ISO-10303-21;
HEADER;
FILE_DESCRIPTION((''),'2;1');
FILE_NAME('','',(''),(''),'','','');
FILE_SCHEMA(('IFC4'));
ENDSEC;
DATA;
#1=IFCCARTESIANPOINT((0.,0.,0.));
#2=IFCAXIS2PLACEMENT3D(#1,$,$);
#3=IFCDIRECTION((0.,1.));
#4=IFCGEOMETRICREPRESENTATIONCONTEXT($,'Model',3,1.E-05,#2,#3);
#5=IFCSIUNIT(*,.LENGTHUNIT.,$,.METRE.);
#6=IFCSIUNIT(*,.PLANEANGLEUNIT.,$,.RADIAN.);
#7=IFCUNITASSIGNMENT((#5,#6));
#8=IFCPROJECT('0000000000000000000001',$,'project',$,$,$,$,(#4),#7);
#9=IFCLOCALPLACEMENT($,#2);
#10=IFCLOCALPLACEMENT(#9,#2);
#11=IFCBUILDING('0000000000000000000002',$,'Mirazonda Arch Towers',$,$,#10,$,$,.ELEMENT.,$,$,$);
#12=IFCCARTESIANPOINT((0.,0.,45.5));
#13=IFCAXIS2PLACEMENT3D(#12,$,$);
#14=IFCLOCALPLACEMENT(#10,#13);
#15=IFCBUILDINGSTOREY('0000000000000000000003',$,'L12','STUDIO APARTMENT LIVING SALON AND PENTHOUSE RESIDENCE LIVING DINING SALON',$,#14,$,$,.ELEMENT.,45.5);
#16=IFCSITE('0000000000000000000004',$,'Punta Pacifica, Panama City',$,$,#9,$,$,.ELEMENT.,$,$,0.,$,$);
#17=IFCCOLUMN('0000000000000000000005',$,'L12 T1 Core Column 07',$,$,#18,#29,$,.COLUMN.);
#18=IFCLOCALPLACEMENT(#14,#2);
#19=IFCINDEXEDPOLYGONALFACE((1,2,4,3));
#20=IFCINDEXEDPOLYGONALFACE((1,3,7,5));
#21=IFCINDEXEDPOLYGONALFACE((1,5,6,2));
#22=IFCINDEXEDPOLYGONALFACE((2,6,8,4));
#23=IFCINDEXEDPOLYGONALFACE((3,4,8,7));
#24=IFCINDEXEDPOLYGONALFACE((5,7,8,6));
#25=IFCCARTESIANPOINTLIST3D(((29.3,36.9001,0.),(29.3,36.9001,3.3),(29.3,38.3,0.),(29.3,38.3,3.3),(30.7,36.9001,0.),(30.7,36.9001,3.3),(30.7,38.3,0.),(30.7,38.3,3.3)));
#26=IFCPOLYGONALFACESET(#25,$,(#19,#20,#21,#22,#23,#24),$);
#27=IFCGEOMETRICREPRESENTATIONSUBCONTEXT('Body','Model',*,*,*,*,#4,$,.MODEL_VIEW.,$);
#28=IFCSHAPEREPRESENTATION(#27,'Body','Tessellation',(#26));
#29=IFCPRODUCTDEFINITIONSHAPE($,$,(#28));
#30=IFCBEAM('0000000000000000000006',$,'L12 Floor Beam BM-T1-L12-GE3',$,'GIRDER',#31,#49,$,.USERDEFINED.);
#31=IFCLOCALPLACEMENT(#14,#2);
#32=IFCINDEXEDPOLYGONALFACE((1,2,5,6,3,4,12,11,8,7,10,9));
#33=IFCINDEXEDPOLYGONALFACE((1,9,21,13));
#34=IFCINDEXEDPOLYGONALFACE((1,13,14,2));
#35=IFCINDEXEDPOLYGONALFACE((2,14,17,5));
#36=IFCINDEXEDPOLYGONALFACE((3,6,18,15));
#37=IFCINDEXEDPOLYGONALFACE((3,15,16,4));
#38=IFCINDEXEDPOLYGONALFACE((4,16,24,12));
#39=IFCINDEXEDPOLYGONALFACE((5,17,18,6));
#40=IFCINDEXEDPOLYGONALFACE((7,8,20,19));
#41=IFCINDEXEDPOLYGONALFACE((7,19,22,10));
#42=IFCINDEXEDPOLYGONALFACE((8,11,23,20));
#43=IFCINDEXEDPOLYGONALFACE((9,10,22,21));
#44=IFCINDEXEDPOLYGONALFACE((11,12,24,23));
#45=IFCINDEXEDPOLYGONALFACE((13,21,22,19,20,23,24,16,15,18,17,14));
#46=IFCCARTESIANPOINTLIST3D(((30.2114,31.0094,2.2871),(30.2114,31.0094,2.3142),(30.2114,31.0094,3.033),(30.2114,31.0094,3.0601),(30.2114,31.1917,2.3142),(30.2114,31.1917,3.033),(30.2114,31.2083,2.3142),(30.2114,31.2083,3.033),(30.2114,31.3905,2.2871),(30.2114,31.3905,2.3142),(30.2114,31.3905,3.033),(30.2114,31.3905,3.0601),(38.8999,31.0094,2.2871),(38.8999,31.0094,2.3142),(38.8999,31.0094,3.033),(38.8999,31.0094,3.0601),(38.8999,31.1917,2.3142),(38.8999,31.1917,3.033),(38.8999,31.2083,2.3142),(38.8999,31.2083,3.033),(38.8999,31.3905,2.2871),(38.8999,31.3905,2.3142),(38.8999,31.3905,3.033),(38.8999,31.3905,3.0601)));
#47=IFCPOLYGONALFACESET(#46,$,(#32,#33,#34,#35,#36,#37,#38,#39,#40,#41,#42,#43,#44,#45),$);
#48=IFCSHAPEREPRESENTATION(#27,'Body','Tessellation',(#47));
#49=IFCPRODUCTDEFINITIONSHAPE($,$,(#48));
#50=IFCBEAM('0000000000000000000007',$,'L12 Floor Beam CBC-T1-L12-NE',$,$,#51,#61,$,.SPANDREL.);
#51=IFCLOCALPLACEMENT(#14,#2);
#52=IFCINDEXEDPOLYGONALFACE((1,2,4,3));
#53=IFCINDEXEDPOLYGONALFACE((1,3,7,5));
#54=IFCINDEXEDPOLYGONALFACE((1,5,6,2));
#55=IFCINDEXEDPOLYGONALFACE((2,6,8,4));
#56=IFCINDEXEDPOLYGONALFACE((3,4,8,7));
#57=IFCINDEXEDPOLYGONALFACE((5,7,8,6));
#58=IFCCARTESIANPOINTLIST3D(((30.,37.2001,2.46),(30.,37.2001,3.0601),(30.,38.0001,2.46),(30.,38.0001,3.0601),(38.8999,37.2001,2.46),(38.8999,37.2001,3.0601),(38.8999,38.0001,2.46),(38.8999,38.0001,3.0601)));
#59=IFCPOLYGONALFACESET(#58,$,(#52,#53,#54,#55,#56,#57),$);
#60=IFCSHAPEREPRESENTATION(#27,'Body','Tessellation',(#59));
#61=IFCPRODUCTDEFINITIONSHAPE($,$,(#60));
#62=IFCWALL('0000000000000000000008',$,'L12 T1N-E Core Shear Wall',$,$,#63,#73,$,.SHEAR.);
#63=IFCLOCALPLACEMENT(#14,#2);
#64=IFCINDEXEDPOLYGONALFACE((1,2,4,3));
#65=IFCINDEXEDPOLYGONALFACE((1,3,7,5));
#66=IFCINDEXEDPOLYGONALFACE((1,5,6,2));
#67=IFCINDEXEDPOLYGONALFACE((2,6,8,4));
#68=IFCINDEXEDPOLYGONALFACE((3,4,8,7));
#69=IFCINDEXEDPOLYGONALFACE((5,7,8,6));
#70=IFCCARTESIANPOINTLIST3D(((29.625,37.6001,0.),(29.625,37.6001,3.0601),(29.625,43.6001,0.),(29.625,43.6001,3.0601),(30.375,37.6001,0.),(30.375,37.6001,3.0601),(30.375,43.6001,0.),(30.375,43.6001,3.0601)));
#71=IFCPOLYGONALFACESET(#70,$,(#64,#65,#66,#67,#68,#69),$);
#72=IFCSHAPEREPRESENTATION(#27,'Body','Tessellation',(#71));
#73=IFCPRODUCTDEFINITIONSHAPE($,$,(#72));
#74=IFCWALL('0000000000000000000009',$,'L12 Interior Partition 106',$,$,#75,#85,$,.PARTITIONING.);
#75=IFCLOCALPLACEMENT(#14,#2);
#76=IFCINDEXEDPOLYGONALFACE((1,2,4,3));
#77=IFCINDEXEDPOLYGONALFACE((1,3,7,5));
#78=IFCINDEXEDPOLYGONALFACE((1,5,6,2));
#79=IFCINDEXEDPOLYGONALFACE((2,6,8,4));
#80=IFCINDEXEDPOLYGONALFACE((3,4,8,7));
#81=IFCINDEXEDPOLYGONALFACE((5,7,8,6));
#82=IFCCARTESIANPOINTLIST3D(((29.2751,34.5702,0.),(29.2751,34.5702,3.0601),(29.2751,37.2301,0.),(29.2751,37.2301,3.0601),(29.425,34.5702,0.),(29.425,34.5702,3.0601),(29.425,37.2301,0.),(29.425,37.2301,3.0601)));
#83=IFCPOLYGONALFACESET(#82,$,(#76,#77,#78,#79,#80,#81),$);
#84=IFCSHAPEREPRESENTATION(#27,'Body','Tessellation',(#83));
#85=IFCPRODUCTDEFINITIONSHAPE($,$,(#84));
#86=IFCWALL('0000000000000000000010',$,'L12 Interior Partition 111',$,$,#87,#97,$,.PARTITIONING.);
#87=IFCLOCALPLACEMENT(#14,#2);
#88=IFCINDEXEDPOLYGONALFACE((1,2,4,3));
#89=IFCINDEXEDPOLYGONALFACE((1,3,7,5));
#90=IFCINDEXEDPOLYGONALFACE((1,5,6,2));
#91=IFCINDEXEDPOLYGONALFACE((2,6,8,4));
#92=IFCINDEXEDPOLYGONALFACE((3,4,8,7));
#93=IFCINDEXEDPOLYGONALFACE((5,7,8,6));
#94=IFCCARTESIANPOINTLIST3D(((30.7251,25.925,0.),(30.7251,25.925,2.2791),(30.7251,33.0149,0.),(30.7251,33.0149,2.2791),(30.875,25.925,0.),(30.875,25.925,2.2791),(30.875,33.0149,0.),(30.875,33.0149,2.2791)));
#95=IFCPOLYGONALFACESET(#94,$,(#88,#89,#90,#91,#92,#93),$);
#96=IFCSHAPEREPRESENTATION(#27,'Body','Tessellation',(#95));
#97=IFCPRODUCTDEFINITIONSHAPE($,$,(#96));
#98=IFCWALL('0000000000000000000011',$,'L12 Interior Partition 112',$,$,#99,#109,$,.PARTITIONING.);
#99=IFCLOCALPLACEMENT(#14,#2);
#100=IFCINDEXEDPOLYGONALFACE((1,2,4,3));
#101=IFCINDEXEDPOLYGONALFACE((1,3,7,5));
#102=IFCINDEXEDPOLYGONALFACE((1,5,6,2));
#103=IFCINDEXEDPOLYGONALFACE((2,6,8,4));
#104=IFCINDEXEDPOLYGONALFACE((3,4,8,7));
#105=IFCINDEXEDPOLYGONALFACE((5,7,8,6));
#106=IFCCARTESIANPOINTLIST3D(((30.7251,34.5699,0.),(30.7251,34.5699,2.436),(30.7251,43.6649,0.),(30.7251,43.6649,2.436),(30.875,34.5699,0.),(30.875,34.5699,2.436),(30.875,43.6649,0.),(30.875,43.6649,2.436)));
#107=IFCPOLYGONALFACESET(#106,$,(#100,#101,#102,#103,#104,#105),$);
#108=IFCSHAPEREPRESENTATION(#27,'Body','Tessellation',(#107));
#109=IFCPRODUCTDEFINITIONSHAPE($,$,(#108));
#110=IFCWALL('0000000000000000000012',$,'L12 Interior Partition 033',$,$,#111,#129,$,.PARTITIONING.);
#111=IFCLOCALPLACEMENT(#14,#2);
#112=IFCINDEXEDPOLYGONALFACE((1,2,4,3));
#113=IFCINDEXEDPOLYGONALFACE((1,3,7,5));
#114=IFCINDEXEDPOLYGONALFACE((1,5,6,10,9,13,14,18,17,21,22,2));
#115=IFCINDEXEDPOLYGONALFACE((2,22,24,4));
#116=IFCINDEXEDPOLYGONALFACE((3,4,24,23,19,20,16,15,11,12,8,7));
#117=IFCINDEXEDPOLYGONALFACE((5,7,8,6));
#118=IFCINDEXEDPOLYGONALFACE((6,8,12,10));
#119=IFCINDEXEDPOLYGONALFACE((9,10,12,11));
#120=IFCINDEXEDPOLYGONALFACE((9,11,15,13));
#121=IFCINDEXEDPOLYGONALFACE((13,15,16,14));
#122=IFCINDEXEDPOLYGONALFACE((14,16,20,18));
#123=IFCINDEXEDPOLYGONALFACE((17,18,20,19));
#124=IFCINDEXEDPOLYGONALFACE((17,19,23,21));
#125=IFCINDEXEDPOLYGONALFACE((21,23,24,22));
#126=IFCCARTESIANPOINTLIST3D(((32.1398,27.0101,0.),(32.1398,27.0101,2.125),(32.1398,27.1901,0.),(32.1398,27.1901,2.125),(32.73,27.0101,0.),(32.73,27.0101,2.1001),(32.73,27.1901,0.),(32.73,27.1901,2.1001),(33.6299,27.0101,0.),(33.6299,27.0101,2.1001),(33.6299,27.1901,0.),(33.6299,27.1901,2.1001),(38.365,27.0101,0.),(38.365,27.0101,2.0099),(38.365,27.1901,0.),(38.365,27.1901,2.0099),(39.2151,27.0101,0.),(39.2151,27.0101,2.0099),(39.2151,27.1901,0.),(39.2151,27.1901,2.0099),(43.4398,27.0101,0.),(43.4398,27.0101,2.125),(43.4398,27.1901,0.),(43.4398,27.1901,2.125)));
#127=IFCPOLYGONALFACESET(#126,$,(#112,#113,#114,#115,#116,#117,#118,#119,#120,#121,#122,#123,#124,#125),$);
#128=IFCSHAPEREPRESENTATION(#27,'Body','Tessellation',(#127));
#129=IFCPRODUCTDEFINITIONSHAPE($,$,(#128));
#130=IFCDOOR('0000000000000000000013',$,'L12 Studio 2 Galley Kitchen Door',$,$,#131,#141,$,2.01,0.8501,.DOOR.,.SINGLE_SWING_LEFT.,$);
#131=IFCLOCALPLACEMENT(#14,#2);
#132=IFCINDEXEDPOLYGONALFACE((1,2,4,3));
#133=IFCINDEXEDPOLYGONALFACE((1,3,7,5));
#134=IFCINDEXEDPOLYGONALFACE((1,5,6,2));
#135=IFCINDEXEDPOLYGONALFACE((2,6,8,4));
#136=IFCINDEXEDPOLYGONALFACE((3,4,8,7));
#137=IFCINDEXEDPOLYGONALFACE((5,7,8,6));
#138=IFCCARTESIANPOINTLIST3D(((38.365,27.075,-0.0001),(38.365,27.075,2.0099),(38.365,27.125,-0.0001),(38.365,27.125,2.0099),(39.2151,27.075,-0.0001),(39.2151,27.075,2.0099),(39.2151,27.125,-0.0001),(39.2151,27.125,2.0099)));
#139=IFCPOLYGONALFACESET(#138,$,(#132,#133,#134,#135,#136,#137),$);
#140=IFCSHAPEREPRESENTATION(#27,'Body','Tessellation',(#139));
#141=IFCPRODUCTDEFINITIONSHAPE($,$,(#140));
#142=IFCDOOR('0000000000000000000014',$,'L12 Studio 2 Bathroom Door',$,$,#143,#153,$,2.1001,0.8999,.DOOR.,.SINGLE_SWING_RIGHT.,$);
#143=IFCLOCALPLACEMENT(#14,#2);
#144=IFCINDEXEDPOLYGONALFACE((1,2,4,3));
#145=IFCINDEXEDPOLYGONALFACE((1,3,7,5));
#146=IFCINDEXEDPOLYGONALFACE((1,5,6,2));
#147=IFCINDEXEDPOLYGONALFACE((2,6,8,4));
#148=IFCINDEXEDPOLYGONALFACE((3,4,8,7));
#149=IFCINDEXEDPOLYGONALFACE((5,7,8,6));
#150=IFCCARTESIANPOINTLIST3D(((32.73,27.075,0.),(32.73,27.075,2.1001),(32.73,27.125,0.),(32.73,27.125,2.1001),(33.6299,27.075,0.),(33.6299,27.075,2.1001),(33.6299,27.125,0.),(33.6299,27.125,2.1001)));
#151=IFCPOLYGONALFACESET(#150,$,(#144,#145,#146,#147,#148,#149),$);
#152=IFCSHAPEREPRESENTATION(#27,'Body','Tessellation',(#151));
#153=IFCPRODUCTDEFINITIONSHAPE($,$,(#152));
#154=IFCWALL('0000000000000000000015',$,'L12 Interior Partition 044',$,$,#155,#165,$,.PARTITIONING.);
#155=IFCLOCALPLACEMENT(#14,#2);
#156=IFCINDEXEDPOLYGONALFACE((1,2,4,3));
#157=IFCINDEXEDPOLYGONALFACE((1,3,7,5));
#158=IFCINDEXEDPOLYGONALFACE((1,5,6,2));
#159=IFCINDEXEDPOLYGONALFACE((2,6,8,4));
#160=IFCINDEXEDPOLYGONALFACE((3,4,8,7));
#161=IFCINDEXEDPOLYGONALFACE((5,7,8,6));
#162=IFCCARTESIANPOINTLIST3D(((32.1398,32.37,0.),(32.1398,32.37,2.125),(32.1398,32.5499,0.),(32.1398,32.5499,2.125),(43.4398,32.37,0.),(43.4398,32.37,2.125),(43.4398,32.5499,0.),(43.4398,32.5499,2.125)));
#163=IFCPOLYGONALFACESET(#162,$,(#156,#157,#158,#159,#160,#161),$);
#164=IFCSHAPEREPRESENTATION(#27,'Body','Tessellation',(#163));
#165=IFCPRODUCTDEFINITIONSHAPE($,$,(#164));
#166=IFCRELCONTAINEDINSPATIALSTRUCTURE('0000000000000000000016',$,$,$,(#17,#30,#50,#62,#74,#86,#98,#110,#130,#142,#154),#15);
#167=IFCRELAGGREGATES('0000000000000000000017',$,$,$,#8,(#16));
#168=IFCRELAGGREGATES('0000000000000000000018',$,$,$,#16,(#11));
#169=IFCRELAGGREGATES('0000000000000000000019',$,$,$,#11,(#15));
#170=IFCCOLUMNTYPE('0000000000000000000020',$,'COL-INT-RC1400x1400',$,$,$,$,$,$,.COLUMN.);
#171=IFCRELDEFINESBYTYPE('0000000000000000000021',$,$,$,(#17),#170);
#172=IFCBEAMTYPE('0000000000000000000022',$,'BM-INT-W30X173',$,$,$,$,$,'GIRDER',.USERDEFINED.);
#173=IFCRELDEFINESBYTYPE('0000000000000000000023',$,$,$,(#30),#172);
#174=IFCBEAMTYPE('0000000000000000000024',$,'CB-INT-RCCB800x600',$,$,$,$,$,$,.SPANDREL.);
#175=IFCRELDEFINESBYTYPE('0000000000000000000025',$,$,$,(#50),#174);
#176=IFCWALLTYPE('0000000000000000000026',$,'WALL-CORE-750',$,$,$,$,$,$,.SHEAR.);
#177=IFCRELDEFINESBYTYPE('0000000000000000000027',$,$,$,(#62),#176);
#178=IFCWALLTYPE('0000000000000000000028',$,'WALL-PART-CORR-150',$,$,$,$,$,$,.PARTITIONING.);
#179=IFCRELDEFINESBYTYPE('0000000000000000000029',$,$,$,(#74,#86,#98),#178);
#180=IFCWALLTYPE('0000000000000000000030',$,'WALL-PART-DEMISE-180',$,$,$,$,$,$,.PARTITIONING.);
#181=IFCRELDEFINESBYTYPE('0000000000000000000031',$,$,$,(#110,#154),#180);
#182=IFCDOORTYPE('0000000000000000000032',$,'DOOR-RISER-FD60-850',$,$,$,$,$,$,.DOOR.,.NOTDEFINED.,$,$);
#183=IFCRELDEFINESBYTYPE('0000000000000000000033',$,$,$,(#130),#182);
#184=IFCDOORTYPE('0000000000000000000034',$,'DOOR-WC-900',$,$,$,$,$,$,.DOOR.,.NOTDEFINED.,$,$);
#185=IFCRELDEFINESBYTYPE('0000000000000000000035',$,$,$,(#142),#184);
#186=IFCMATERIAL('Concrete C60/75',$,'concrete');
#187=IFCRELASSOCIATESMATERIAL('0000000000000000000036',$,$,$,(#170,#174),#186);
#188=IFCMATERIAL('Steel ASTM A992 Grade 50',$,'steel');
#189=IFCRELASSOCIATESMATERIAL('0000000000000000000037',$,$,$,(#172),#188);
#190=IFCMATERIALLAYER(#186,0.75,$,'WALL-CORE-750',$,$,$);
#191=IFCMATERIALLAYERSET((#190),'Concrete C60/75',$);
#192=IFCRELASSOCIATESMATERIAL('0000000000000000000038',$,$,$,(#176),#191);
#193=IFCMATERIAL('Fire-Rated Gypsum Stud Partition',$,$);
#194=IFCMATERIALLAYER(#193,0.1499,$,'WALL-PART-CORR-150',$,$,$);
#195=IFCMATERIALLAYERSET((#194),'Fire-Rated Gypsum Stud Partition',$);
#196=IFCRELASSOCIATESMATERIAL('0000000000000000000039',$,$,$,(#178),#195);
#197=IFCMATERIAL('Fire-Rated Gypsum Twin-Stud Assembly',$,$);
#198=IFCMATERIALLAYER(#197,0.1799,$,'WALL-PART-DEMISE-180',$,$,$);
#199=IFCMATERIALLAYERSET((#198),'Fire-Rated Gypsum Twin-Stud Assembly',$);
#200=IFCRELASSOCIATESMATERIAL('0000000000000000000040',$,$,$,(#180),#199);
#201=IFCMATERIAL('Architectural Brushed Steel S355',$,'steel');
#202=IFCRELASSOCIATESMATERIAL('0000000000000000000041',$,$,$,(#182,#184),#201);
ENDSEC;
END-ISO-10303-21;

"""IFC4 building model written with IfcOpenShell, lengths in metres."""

from ifc_helpers import new_model, si_unit, direction, frame, frame_2d, origin, origin_2d, place, context, subcontext, project, spatial, rectangle, i_section, extrude, material, layer, layer_set, material_profile, profile_set, type_object, element, fill, save


model = new_model("IFC4")

# Units and contexts
model_context = context("Model", 3, precision=1e-05, world=origin(), true_north=direction((0.0, 1.0)))
body_context = subcontext(model_context, "Body", "Model", "MODEL_VIEW")
ifc_project = project(units=[si_unit("LENGTHUNIT", "METRE"), si_unit("PLANEANGLEUNIT", "RADIAN")], contexts=[model_context])

# Site, building, storey
site_placement = place(None, origin())
site = spatial("IfcSite", under=ifc_project, at=site_placement, Name="Punta Pacifica, Panama City", CompositionType="ELEMENT", RefElevation=0.0)
building_placement = place(site_placement, origin())
building = spatial("IfcBuilding", under=site, at=building_placement, Name="Mirazonda Arch Towers", CompositionType="ELEMENT")
storey_placement = place(building_placement, frame((0.0, 0.0, 45.5)))
storey = spatial("IfcBuildingStorey", under=building, at=storey_placement, Name="L12", Description="STUDIO APARTMENT LIVING SALON AND PENTHOUSE RESIDENCE LIVING DINING SALON", CompositionType="ELEMENT", Elevation=45.5)

# Column
ifc_material_1 = material(Name="Concrete C60/75", Category="concrete")
ifc_material_profile_1 = material_profile(ifc_material_1, rectangle(XDim=1.3999, YDim=1.3999, at=origin_2d()), Name="RC1400x1400")
ifc_profile_set_1 = profile_set([ifc_material_profile_1], Name="Concrete C60/75")
column_type = type_object("IfcColumnType", Name="COL-INT-RC1400x1400", PredefinedType="COLUMN", material=ifc_profile_set_1)
column_placement = place(storey_placement, frame((30.0, 37.6001, 0.0), z_axis=(0.0, 0.0, 1.0), x_axis=(1.0, 0.0, 0.0)))
element("IfcColumn", 1, at=column_placement, inside=storey, type_object=column_type, Name="L12 T1 Core Column 07", PredefinedType="COLUMN", context=body_context, shape_type="SweptSolid", body=[
    extrude(rectangle(XDim=1.3999, YDim=1.3999, at=origin_2d()), origin(), (0.0, 0.0, 1.0), 3.3),
])

# Beams
ifc_material_2 = material(Name="Steel ASTM A992 Grade 50", Category="steel")
ifc_material_profile_2 = material_profile(ifc_material_2, i_section(OverallWidth=0.3811, OverallDepth=0.7729, WebThickness=0.0166, FlangeThickness=0.0271, at=origin_2d()), Name="W30X173")
ifc_profile_set_2 = profile_set([ifc_material_profile_2], Name="Steel ASTM A992 Grade 50")
beam_type_1 = type_object("IfcBeamType", Name="BM-INT-W30X173", ElementType="GIRDER", PredefinedType="USERDEFINED", material=ifc_profile_set_2)
beam_1_placement = place(storey_placement, frame((30.2114, 31.2, 2.6736), z_axis=(1.0, 0.0, 0.0), x_axis=(0.0, 1.0, 0.0)))
element("IfcBeam", 2, at=beam_1_placement, inside=storey, type_object=beam_type_1, Name="L12 Floor Beam BM-T1-L12-GE3", ObjectType="GIRDER", PredefinedType="USERDEFINED", context=body_context, shape_type="SweptSolid", body=[
    extrude(i_section(OverallWidth=0.3811, OverallDepth=0.7729, WebThickness=0.0166, FlangeThickness=0.0271, at=origin_2d()), origin(), (0.0, 0.0, 1.0), 8.6885),
])
ifc_material_profile_3 = material_profile(ifc_material_1, rectangle(XDim=0.8, YDim=0.6001, at=origin_2d()), Name="RCCB800x600")
ifc_profile_set_3 = profile_set([ifc_material_profile_3], Name="Concrete C60/75")
beam_type_2 = type_object("IfcBeamType", Name="CB-INT-RCCB800x600", PredefinedType="SPANDREL", material=ifc_profile_set_3)
beam_2_placement = place(storey_placement, frame((30.0, 37.6001, 2.76), z_axis=(1.0, 0.0, 0.0), x_axis=(0.0, 1.0, 0.0)))
element("IfcBeam", 3, at=beam_2_placement, inside=storey, type_object=beam_type_2, Name="L12 Floor Beam CBC-T1-L12-NE", PredefinedType="SPANDREL", context=body_context, shape_type="SweptSolid", body=[
    extrude(rectangle(XDim=0.8, YDim=0.6001, at=origin_2d()), origin(), (0.0, 0.0, 1.0), 8.8999),
])

# Walls
ifc_layer_1 = layer(ifc_material_1, 0.75, Name="WALL-CORE-750")
ifc_layer_set_1 = layer_set([ifc_layer_1], Name="Concrete C60/75")
wall_type_1 = type_object("IfcWallType", Name="WALL-CORE-750", PredefinedType="SHEAR", material=ifc_layer_set_1)
wall_1_placement = place(storey_placement, frame((30.0, 37.6001, 0.0), z_axis=(0.0, 0.0, 1.0), x_axis=(0.0, 1.0, 0.0)))
element("IfcWall", 4, at=wall_1_placement, inside=storey, type_object=wall_type_1, Name="L12 T1N-E Core Shear Wall", PredefinedType="SHEAR", context=body_context, shape_type="SweptSolid", body=[
    extrude(rectangle(XDim=6.0, YDim=0.75, at=frame_2d((3.0, 0.0))), origin(), (0.0, 0.0, 1.0), 3.0601),
])
ifc_material_3 = material(Name="Fire-Rated Gypsum Stud Partition")
ifc_layer_2 = layer(ifc_material_3, 0.1499, Name="WALL-PART-CORR-150")
ifc_layer_set_2 = layer_set([ifc_layer_2], Name="Fire-Rated Gypsum Stud Partition")
wall_type_2 = type_object("IfcWallType", Name="WALL-PART-CORR-150", PredefinedType="PARTITIONING", material=ifc_layer_set_2)
wall_2_placement = place(storey_placement, frame((29.3501, 34.5701, 0.0), z_axis=(0.0, 0.0, 1.0), x_axis=(0.0, 1.0, 0.0)))
element("IfcWall", 5, at=wall_2_placement, inside=storey, type_object=wall_type_2, Name="L12 Interior Partition 106", PredefinedType="PARTITIONING", context=body_context, shape_type="SweptSolid", body=[
    extrude(rectangle(XDim=2.6599, YDim=0.1499, at=frame_2d((1.3301, 0.0))), origin(), (0.0, 0.0, 1.0), 3.0601),
])
wall_3_placement = place(storey_placement, frame((30.8, 25.925, 0.0), z_axis=(0.0, 0.0, 1.0), x_axis=(0.0, 1.0, 0.0)))
element("IfcWall", 6, at=wall_3_placement, inside=storey, type_object=wall_type_2, Name="L12 Interior Partition 111", PredefinedType="PARTITIONING", context=body_context, shape_type="SweptSolid", body=[
    extrude(rectangle(XDim=7.0898, YDim=0.1499, at=frame_2d((3.5449, 0.0))), origin(), (0.0, 0.0, 1.0), 2.2791),
])
wall_4_placement = place(storey_placement, frame((30.8, 34.5701, 0.0), z_axis=(0.0, 0.0, 1.0), x_axis=(0.0, 1.0, 0.0)))
element("IfcWall", 7, at=wall_4_placement, inside=storey, type_object=wall_type_2, Name="L12 Interior Partition 112", PredefinedType="PARTITIONING", context=body_context, shape_type="SweptSolid", body=[
    extrude(rectangle(XDim=9.095, YDim=0.1499, at=frame_2d((4.5474, 0.0))), origin(), (0.0, 0.0, 1.0), 2.436),
])

# Wall, openings, doors
ifc_material_4 = material(Name="Fire-Rated Gypsum Twin-Stud Assembly")
ifc_layer_3 = layer(ifc_material_4, 0.1799, Name="WALL-PART-DEMISE-180")
ifc_layer_set_3 = layer_set([ifc_layer_3], Name="Fire-Rated Gypsum Twin-Stud Assembly")
wall_type_3 = type_object("IfcWallType", Name="WALL-PART-DEMISE-180", PredefinedType="PARTITIONING", material=ifc_layer_set_3)
wall_5_placement = place(storey_placement, frame((32.1399, 27.1001, 0.0), z_axis=(0.0, 0.0, 1.0), x_axis=(1.0, 0.0, 0.0)))
wall_5 = element("IfcWall", 8, at=wall_5_placement, inside=storey, type_object=wall_type_3, Name="L12 Interior Partition 033", PredefinedType="PARTITIONING", context=body_context, shape_type="SweptSolid", body=[
    extrude(rectangle(XDim=11.3, YDim=0.1799, at=frame_2d((5.6499, 0.0))), origin(), (0.0, 0.0, 1.0), 2.125),
])
opening_1_placement = place(wall_5_placement, frame((6.2251, 0.0, 0.0)))
opening_1 = element("IfcOpeningElement", 9, at=opening_1_placement, cuts=wall_5, PredefinedType="OPENING", context=body_context, shape_type="SweptSolid", body=[
    extrude(rectangle(XDim=0.8501, YDim=2.01, at=frame_2d((0.425, 1.0049))), frame((0.0, 0.0999, 0.0), z_axis=(0.0, -1.0, 0.0), x_axis=(1.0, 0.0, 0.0)), (0.0, 0.0, 1.0), 0.2),
])
opening_2_placement = place(wall_5_placement, frame((0.5901, 0.0, 0.0)))
opening_2 = element("IfcOpeningElement", 10, at=opening_2_placement, cuts=wall_5, PredefinedType="OPENING", context=body_context, shape_type="SweptSolid", body=[
    extrude(rectangle(XDim=0.8999, YDim=2.1001, at=frame_2d((0.45, 1.05))), frame((0.0, 0.0999, 0.0), z_axis=(0.0, -1.0, 0.0), x_axis=(1.0, 0.0, 0.0)), (0.0, 0.0, 1.0), 0.2),
])
ifc_material_5 = material(Name="Architectural Brushed Steel S355", Category="steel")
door_type_1 = type_object("IfcDoorType", Name="DOOR-RISER-FD60-850", OperationType="NOTDEFINED", PredefinedType="DOOR", material=ifc_material_5)
door_1_placement = place(opening_1_placement, origin())
door_1 = element("IfcDoor", 11, at=door_1_placement, inside=storey, type_object=door_type_1, Name="L12 Studio 2 Galley Kitchen Door", OperationType="SINGLE_SWING_LEFT", OverallHeight=2.01, OverallWidth=0.8501, PredefinedType="DOOR", context=body_context, shape_type="SweptSolid", body=[
    extrude(rectangle(XDim=0.8501, YDim=2.01, at=frame_2d((0.425, 1.0049))), frame((0.0, 0.0249, 0.0), z_axis=(0.0, -1.0, 0.0), x_axis=(1.0, 0.0, 0.0)), (0.0, 0.0, 1.0), 0.05),
])
fill(opening_1, door_1)
door_type_2 = type_object("IfcDoorType", Name="DOOR-WC-900", OperationType="NOTDEFINED", PredefinedType="DOOR", material=ifc_material_5)
door_2_placement = place(opening_2_placement, origin())
door_2 = element("IfcDoor", 12, at=door_2_placement, inside=storey, type_object=door_type_2, Name="L12 Studio 2 Bathroom Door", OperationType="SINGLE_SWING_RIGHT", OverallHeight=2.1001, OverallWidth=0.8999, PredefinedType="DOOR", context=body_context, shape_type="SweptSolid", body=[
    extrude(rectangle(XDim=0.8999, YDim=2.1001, at=frame_2d((0.45, 1.05))), frame((0.0, 0.0249, 0.0), z_axis=(0.0, -1.0, 0.0), x_axis=(1.0, 0.0, 0.0)), (0.0, 0.0, 1.0), 0.05),
])
fill(opening_2, door_2)

# Wall
wall_6_placement = place(storey_placement, frame((32.1399, 32.46, 0.0), z_axis=(0.0, 0.0, 1.0), x_axis=(1.0, 0.0, 0.0)))
element("IfcWall", 13, at=wall_6_placement, inside=storey, type_object=wall_type_3, Name="L12 Interior Partition 044", PredefinedType="PARTITIONING", context=body_context, shape_type="SweptSolid", body=[
    extrude(rectangle(XDim=11.3, YDim=0.1799, at=frame_2d((5.6499, 0.0))), origin(), (0.0, 0.0, 1.0), 2.125),
])

save(model, "model.ifc")
